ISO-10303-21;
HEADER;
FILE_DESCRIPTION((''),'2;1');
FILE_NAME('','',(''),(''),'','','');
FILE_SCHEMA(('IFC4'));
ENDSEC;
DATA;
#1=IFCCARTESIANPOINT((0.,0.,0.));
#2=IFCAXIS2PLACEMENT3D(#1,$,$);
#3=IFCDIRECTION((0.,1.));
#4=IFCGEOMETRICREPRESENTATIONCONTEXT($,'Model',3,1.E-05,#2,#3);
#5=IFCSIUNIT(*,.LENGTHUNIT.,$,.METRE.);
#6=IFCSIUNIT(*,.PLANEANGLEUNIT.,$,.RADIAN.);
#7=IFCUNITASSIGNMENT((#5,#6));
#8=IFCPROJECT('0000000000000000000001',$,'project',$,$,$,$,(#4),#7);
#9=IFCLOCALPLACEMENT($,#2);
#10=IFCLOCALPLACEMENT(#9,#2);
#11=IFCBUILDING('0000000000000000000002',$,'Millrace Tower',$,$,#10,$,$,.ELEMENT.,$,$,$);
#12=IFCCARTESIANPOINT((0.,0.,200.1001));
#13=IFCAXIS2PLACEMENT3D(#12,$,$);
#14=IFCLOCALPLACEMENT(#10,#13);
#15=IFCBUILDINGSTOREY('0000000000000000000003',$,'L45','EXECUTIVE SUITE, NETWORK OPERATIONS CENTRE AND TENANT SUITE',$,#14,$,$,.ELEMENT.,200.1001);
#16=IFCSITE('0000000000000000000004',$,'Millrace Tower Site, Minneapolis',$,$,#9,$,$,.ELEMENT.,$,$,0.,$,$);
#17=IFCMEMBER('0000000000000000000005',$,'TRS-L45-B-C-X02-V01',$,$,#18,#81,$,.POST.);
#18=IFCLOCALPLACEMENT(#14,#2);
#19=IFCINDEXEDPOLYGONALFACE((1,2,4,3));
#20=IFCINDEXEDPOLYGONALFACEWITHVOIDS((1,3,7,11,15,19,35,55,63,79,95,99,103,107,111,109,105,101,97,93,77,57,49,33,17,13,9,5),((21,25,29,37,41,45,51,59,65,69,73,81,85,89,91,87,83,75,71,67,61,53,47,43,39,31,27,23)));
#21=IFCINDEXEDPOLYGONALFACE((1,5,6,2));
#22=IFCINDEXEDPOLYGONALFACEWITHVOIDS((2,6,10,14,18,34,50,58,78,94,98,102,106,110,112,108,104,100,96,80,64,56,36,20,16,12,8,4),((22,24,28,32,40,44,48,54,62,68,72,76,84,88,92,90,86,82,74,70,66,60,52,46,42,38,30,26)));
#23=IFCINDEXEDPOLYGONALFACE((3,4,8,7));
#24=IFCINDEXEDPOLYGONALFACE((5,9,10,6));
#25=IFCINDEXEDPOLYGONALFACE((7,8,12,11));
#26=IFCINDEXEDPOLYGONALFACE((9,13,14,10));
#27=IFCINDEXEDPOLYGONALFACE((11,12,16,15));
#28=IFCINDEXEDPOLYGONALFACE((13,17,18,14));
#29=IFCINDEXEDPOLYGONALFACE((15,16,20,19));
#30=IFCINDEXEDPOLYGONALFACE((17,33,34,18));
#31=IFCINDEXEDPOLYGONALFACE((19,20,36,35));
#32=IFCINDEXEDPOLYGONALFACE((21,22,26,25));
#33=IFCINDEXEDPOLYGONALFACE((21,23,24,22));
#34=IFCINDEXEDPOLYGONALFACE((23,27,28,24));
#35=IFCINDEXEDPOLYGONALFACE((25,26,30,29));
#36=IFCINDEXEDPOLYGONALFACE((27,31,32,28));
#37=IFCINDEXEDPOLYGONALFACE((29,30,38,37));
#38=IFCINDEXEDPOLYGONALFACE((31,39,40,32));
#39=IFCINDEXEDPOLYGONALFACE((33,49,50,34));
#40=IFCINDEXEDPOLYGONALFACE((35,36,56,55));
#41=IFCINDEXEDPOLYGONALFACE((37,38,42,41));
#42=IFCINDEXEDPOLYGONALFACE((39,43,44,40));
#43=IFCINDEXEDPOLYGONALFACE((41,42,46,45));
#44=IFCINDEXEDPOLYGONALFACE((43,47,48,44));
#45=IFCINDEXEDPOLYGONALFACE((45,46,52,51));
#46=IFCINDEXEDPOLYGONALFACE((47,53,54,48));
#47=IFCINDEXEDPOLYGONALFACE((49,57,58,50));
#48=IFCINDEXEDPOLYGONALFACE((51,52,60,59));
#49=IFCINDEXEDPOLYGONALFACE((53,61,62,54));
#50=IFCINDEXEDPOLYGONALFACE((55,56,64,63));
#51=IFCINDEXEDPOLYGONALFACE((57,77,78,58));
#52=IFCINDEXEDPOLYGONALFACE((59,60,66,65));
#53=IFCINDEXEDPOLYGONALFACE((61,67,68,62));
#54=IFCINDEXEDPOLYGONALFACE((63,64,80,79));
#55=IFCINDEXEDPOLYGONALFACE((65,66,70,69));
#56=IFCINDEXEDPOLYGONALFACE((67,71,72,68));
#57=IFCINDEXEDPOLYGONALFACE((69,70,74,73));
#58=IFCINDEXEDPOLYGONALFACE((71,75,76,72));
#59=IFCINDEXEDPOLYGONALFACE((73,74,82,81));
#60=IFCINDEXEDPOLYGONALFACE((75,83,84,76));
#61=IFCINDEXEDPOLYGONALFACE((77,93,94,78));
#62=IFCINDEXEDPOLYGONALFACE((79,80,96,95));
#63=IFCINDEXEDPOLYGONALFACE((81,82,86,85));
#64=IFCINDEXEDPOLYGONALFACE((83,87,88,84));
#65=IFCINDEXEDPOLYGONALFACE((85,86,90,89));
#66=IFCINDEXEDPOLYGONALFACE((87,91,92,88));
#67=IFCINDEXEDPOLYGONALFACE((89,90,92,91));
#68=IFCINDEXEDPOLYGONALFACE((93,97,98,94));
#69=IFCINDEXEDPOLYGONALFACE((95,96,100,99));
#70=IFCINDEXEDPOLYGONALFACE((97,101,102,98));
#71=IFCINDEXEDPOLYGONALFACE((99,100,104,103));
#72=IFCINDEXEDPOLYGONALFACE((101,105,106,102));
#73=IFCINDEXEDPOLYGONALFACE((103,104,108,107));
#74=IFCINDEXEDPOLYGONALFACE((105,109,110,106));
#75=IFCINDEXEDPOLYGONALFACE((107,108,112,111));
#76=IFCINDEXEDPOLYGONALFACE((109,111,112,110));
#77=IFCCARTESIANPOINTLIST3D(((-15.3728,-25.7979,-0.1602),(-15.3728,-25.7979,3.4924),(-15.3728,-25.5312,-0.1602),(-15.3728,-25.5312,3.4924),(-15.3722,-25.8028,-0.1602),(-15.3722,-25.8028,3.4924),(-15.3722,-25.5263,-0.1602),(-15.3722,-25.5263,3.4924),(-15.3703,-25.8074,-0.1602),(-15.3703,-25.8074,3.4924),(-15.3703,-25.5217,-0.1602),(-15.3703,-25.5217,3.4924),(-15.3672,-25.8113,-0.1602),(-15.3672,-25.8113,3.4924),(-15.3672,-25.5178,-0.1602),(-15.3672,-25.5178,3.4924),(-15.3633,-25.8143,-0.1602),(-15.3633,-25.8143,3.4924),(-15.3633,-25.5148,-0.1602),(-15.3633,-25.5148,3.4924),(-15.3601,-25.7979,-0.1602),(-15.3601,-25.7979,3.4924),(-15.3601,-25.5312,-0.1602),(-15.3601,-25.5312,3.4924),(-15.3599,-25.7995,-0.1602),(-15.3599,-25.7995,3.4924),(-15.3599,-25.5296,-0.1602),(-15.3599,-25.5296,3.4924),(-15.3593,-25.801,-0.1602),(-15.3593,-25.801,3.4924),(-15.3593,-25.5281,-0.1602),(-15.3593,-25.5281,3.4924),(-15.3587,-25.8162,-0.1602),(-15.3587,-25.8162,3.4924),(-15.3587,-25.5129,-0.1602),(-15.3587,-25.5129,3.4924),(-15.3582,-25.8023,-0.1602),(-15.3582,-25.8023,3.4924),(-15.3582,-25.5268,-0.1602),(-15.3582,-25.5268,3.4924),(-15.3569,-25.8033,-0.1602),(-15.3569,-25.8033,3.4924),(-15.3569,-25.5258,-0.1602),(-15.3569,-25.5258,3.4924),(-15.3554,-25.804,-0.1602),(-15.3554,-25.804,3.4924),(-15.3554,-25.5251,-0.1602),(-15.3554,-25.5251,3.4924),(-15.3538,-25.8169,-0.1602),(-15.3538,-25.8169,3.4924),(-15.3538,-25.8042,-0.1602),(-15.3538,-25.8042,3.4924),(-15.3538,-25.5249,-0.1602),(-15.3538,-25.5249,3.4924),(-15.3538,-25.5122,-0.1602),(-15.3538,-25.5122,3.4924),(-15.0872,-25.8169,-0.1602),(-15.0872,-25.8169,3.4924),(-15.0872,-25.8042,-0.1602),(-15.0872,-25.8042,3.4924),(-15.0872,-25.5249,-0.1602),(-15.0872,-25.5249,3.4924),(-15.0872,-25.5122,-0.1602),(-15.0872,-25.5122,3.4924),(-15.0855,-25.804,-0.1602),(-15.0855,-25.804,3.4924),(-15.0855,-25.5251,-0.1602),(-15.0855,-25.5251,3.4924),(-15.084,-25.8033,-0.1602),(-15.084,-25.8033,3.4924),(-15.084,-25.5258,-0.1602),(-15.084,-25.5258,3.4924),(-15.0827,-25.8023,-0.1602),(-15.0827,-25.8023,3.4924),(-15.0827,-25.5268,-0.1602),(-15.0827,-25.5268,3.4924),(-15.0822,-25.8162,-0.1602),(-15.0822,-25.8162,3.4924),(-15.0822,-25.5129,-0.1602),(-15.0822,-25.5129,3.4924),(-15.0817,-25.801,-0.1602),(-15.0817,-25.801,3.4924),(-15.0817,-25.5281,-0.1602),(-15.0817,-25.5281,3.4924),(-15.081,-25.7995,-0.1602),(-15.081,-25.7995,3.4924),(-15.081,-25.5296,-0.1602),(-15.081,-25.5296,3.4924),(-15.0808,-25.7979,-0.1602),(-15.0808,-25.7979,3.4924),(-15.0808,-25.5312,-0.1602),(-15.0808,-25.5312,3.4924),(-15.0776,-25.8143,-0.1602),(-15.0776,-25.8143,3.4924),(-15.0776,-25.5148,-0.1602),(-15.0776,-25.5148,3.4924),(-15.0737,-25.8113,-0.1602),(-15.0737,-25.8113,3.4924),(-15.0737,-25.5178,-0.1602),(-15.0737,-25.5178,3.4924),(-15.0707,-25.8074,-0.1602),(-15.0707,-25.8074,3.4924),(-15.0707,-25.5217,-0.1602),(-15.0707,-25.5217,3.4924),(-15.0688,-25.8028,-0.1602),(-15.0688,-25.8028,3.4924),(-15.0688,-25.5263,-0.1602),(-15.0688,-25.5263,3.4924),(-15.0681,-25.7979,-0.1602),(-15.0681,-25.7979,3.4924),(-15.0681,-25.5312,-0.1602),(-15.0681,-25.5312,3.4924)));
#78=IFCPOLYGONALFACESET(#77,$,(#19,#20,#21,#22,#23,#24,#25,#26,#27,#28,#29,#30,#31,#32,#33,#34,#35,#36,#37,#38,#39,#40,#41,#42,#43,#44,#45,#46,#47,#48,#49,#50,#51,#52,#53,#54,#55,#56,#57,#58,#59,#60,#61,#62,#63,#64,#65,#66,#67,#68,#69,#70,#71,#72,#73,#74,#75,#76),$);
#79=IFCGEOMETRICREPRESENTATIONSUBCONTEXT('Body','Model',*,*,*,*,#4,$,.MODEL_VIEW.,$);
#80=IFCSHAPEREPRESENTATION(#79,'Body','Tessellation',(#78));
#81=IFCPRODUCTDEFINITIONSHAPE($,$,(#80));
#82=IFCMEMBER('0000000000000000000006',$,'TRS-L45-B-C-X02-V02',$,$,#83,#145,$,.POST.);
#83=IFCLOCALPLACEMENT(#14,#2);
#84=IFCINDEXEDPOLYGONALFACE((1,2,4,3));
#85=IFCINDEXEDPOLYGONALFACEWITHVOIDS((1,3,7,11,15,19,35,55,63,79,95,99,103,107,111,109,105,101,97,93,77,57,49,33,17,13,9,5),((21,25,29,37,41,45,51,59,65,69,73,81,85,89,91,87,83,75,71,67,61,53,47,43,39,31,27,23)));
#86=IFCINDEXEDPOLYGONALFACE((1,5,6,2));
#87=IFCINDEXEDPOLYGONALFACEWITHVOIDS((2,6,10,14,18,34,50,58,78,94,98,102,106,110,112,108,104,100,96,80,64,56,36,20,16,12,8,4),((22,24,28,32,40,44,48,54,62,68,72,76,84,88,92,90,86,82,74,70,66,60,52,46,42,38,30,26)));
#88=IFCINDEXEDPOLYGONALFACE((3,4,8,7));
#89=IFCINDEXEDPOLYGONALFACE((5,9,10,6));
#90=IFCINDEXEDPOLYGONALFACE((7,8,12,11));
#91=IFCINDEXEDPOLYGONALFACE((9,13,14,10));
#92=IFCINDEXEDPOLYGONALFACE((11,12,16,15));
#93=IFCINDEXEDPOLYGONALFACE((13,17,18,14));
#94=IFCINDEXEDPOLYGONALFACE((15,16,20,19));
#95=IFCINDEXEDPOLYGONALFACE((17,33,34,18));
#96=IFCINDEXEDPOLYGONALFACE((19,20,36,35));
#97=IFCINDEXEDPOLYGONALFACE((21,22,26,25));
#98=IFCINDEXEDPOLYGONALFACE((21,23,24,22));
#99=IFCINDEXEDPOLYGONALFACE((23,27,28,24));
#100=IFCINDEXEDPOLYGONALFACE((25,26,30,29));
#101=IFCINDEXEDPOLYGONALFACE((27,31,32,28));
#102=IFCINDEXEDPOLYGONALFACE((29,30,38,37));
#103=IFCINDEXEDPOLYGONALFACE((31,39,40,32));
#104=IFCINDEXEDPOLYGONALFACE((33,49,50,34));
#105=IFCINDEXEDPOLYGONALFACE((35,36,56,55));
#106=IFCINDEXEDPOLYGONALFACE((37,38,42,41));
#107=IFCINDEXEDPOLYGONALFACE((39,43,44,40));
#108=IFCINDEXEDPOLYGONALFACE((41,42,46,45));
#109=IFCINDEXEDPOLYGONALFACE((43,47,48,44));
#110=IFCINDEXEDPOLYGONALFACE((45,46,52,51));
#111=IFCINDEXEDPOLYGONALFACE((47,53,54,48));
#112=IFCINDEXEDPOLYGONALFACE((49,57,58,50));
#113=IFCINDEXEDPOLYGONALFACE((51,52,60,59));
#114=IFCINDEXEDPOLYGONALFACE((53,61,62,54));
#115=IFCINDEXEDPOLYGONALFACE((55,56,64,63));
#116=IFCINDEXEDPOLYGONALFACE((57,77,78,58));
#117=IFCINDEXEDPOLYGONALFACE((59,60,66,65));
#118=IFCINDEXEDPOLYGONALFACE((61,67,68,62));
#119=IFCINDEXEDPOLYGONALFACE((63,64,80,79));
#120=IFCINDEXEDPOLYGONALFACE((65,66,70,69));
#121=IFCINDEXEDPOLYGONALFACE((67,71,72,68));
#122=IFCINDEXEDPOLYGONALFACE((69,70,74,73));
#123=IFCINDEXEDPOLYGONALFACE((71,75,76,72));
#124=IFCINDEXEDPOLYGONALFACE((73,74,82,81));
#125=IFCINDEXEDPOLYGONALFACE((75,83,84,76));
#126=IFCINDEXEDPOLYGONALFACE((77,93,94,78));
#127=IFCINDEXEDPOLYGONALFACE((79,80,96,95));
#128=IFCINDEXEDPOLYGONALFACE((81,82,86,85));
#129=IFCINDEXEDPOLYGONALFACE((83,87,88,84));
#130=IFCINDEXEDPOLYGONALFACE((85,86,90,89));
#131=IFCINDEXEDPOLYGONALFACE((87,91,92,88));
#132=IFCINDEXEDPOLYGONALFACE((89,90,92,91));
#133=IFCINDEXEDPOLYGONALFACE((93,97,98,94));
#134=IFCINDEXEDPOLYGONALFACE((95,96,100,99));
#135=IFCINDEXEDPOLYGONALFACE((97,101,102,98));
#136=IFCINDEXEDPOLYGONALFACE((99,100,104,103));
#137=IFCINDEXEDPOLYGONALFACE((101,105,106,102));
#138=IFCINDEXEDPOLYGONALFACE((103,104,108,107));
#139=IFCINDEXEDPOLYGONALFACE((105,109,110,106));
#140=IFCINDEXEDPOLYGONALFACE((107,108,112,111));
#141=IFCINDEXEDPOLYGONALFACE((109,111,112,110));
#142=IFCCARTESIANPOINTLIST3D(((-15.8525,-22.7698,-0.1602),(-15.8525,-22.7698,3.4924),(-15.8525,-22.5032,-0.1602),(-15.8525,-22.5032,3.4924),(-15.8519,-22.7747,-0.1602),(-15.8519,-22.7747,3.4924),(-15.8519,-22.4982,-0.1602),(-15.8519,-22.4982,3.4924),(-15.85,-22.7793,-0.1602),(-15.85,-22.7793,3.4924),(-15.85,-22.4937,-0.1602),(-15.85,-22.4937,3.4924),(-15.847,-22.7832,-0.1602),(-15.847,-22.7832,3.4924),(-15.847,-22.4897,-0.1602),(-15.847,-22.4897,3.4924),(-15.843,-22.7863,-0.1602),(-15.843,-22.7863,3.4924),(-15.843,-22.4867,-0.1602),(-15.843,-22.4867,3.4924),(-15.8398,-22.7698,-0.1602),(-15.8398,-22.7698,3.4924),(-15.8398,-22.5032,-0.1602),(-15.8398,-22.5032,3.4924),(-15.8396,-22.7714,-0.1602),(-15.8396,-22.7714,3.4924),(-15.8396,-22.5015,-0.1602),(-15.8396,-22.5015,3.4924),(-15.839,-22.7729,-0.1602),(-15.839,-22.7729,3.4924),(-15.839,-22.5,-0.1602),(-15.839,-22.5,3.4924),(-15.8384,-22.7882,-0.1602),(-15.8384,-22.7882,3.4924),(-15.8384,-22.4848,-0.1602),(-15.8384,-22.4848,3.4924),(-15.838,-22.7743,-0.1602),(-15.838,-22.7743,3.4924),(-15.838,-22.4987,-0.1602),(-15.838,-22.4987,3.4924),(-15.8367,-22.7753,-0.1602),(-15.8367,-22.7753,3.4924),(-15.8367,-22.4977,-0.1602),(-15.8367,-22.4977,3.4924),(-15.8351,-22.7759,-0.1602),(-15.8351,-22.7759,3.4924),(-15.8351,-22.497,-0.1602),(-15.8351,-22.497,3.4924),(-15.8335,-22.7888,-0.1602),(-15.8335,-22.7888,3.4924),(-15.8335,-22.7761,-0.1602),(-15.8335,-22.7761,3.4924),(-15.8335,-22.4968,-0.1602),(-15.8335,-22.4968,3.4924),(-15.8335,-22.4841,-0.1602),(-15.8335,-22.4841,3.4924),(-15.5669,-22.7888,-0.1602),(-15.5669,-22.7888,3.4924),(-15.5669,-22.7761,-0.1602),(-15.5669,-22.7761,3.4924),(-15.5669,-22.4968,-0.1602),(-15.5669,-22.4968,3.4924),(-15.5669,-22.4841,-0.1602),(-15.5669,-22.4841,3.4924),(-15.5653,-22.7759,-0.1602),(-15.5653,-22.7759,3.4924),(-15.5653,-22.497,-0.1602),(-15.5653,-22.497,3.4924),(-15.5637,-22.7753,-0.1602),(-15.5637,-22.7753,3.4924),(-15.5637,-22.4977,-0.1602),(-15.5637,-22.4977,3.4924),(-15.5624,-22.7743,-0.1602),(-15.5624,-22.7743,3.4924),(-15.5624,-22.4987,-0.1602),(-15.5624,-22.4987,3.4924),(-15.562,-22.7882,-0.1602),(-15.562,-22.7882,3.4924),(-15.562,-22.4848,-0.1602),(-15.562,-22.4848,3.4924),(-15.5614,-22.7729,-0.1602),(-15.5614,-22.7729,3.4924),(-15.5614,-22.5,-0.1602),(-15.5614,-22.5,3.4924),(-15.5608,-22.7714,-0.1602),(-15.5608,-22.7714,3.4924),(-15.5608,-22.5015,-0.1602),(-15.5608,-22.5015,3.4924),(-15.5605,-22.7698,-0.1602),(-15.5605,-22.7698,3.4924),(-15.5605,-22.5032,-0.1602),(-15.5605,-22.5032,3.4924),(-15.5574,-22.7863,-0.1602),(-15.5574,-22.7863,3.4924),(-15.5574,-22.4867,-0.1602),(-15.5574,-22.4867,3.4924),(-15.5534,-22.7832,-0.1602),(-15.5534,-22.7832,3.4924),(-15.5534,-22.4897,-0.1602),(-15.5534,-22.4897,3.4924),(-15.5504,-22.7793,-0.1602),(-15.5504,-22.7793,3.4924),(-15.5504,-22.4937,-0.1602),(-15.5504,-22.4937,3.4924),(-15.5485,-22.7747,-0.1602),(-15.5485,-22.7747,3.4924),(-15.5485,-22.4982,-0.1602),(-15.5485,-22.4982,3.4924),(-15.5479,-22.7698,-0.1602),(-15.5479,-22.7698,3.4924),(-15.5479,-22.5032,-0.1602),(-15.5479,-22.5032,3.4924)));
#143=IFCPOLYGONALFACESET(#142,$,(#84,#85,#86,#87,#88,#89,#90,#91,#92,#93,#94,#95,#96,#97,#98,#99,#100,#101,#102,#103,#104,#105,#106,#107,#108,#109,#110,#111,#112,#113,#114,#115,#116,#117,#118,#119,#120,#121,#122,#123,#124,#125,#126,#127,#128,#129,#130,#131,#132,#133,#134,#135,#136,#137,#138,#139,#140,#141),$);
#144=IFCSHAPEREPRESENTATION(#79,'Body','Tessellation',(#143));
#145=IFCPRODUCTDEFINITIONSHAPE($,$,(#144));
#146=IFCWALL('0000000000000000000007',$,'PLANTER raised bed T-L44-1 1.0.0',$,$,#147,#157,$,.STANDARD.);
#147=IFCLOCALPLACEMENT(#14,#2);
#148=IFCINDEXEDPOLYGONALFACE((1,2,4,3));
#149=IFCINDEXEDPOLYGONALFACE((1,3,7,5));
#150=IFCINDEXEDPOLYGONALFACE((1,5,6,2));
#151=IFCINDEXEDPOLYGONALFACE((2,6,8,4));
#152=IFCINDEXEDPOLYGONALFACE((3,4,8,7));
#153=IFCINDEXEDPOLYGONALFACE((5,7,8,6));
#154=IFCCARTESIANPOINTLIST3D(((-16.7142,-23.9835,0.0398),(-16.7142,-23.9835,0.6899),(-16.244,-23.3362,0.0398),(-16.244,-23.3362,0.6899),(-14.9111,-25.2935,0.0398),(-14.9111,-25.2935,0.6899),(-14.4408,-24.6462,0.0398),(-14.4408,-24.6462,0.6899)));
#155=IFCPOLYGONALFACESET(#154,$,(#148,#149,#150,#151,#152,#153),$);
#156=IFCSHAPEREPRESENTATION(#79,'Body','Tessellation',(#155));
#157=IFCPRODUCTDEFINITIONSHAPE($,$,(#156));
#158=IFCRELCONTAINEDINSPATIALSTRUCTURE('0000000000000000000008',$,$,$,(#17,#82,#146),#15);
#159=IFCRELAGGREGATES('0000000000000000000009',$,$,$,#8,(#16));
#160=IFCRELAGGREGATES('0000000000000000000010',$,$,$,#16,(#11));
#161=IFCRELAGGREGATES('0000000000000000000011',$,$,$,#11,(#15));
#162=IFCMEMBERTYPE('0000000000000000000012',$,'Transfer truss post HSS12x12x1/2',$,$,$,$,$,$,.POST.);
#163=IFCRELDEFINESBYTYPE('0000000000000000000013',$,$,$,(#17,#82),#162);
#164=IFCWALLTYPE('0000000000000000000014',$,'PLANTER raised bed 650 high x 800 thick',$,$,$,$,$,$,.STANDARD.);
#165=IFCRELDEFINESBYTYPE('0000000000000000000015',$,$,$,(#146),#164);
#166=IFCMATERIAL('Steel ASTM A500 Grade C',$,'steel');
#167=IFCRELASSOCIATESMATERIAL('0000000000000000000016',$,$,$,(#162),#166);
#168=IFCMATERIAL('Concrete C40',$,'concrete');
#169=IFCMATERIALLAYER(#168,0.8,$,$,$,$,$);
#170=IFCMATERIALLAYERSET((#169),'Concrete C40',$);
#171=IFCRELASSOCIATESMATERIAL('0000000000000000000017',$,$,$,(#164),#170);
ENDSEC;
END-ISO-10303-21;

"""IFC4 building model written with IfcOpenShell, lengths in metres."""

from ifc_helpers import new_model, si_unit, direction, frame, frame_2d, origin, origin_2d, place, context, subcontext, project, spatial, rectangle, hollow_rectangle, extrude, material, layer, layer_set, material_profile, profile_set, type_object, element, save


model = new_model("IFC4")

# Units and contexts
model_context = context("Model", 3, precision=1e-05, world=origin(), true_north=direction((0.0, 1.0)))
body_context = subcontext(model_context, "Body", "Model", "MODEL_VIEW")
ifc_project = project(units=[si_unit("LENGTHUNIT", "METRE"), si_unit("PLANEANGLEUNIT", "RADIAN")], contexts=[model_context])

# Site, building, storey
site_placement = place(None, origin())
site = spatial("IfcSite", under=ifc_project, at=site_placement, Name="Millrace Tower Site, Minneapolis", CompositionType="ELEMENT", RefElevation=0.0)
building_placement = place(site_placement, origin())
building = spatial("IfcBuilding", under=site, at=building_placement, Name="Millrace Tower", CompositionType="ELEMENT")
storey_placement = place(building_placement, frame((0.0, 0.0, 200.1001)))
storey = spatial("IfcBuildingStorey", under=building, at=storey_placement, Name="L45", Description="EXECUTIVE SUITE, NETWORK OPERATIONS CENTRE AND TENANT SUITE", CompositionType="ELEMENT", Elevation=200.1001)

# Members
ifc_material_1 = material(Name="Steel ASTM A500 Grade C", Category="steel")
ifc_material_profile_1 = material_profile(ifc_material_1, hollow_rectangle(XDim=0.3047, YDim=0.3047, WallThickness=0.0127, InnerFilletRadius=0.0063, OuterFilletRadius=0.019, at=origin_2d()))
ifc_profile_set_1 = profile_set([ifc_material_profile_1], Name="Steel ASTM A500 Grade C")
member_type_1 = type_object("IfcMemberType", Name="Transfer truss post HSS12x12x1/2", PredefinedType="POST", material=ifc_profile_set_1)
for number, where, z_axis, x_axis, name in (
    (1, (-15.2205, -25.6646, -0.1602), (0.0, 0.0, 1.0), (1.0, 0.0, 0.0), "TRS-L45-B-C-X02-V01"),
    (2, (-15.7002, -22.6365, -0.1602), (0.0, 0.0, 1.0), (1.0, 0.0, 0.0), "TRS-L45-B-C-X02-V02"),
):
    element("IfcMember", number, at=place(storey_placement, frame(where, z_axis=z_axis, x_axis=x_axis)), inside=storey, type_object=member_type_1, Name=name, PredefinedType="POST", context=body_context, shape_type="SweptSolid", body=[
        extrude(hollow_rectangle(XDim=0.3047, YDim=0.3047, WallThickness=0.0127, InnerFilletRadius=0.0063, OuterFilletRadius=0.019, at=origin_2d()), origin(), (0.0, 0.0, 1.0), 3.6526),
    ])

# Wall
ifc_material_2 = material(Name="Concrete C40", Category="concrete")
ifc_layer_1 = layer(ifc_material_2, 0.8)
ifc_layer_set_1 = layer_set([ifc_layer_1], Name="Concrete C40")
wall_type = type_object("IfcWallType", Name="PLANTER raised bed 650 high x 800 thick", PredefinedType="STANDARD", material=ifc_layer_set_1)
wall_placement = place(storey_placement, frame((-16.479, -23.6599, 0.0398), z_axis=(0.0, 0.0, 1.0), x_axis=(0.80903, -0.587768, 0.0)))
element("IfcWall", 3, at=wall_placement, inside=storey, type_object=wall_type, Name="PLANTER raised bed T-L44-1 1.0.0", PredefinedType="STANDARD", context=body_context, shape_type="SweptSolid", body=[
    extrude(rectangle(XDim=2.2288, YDim=0.8, at=frame_2d((1.1143, 0.0))), origin(), (0.0, 0.0, 1.0), 0.6501),
])

save(model, "model.ifc")
